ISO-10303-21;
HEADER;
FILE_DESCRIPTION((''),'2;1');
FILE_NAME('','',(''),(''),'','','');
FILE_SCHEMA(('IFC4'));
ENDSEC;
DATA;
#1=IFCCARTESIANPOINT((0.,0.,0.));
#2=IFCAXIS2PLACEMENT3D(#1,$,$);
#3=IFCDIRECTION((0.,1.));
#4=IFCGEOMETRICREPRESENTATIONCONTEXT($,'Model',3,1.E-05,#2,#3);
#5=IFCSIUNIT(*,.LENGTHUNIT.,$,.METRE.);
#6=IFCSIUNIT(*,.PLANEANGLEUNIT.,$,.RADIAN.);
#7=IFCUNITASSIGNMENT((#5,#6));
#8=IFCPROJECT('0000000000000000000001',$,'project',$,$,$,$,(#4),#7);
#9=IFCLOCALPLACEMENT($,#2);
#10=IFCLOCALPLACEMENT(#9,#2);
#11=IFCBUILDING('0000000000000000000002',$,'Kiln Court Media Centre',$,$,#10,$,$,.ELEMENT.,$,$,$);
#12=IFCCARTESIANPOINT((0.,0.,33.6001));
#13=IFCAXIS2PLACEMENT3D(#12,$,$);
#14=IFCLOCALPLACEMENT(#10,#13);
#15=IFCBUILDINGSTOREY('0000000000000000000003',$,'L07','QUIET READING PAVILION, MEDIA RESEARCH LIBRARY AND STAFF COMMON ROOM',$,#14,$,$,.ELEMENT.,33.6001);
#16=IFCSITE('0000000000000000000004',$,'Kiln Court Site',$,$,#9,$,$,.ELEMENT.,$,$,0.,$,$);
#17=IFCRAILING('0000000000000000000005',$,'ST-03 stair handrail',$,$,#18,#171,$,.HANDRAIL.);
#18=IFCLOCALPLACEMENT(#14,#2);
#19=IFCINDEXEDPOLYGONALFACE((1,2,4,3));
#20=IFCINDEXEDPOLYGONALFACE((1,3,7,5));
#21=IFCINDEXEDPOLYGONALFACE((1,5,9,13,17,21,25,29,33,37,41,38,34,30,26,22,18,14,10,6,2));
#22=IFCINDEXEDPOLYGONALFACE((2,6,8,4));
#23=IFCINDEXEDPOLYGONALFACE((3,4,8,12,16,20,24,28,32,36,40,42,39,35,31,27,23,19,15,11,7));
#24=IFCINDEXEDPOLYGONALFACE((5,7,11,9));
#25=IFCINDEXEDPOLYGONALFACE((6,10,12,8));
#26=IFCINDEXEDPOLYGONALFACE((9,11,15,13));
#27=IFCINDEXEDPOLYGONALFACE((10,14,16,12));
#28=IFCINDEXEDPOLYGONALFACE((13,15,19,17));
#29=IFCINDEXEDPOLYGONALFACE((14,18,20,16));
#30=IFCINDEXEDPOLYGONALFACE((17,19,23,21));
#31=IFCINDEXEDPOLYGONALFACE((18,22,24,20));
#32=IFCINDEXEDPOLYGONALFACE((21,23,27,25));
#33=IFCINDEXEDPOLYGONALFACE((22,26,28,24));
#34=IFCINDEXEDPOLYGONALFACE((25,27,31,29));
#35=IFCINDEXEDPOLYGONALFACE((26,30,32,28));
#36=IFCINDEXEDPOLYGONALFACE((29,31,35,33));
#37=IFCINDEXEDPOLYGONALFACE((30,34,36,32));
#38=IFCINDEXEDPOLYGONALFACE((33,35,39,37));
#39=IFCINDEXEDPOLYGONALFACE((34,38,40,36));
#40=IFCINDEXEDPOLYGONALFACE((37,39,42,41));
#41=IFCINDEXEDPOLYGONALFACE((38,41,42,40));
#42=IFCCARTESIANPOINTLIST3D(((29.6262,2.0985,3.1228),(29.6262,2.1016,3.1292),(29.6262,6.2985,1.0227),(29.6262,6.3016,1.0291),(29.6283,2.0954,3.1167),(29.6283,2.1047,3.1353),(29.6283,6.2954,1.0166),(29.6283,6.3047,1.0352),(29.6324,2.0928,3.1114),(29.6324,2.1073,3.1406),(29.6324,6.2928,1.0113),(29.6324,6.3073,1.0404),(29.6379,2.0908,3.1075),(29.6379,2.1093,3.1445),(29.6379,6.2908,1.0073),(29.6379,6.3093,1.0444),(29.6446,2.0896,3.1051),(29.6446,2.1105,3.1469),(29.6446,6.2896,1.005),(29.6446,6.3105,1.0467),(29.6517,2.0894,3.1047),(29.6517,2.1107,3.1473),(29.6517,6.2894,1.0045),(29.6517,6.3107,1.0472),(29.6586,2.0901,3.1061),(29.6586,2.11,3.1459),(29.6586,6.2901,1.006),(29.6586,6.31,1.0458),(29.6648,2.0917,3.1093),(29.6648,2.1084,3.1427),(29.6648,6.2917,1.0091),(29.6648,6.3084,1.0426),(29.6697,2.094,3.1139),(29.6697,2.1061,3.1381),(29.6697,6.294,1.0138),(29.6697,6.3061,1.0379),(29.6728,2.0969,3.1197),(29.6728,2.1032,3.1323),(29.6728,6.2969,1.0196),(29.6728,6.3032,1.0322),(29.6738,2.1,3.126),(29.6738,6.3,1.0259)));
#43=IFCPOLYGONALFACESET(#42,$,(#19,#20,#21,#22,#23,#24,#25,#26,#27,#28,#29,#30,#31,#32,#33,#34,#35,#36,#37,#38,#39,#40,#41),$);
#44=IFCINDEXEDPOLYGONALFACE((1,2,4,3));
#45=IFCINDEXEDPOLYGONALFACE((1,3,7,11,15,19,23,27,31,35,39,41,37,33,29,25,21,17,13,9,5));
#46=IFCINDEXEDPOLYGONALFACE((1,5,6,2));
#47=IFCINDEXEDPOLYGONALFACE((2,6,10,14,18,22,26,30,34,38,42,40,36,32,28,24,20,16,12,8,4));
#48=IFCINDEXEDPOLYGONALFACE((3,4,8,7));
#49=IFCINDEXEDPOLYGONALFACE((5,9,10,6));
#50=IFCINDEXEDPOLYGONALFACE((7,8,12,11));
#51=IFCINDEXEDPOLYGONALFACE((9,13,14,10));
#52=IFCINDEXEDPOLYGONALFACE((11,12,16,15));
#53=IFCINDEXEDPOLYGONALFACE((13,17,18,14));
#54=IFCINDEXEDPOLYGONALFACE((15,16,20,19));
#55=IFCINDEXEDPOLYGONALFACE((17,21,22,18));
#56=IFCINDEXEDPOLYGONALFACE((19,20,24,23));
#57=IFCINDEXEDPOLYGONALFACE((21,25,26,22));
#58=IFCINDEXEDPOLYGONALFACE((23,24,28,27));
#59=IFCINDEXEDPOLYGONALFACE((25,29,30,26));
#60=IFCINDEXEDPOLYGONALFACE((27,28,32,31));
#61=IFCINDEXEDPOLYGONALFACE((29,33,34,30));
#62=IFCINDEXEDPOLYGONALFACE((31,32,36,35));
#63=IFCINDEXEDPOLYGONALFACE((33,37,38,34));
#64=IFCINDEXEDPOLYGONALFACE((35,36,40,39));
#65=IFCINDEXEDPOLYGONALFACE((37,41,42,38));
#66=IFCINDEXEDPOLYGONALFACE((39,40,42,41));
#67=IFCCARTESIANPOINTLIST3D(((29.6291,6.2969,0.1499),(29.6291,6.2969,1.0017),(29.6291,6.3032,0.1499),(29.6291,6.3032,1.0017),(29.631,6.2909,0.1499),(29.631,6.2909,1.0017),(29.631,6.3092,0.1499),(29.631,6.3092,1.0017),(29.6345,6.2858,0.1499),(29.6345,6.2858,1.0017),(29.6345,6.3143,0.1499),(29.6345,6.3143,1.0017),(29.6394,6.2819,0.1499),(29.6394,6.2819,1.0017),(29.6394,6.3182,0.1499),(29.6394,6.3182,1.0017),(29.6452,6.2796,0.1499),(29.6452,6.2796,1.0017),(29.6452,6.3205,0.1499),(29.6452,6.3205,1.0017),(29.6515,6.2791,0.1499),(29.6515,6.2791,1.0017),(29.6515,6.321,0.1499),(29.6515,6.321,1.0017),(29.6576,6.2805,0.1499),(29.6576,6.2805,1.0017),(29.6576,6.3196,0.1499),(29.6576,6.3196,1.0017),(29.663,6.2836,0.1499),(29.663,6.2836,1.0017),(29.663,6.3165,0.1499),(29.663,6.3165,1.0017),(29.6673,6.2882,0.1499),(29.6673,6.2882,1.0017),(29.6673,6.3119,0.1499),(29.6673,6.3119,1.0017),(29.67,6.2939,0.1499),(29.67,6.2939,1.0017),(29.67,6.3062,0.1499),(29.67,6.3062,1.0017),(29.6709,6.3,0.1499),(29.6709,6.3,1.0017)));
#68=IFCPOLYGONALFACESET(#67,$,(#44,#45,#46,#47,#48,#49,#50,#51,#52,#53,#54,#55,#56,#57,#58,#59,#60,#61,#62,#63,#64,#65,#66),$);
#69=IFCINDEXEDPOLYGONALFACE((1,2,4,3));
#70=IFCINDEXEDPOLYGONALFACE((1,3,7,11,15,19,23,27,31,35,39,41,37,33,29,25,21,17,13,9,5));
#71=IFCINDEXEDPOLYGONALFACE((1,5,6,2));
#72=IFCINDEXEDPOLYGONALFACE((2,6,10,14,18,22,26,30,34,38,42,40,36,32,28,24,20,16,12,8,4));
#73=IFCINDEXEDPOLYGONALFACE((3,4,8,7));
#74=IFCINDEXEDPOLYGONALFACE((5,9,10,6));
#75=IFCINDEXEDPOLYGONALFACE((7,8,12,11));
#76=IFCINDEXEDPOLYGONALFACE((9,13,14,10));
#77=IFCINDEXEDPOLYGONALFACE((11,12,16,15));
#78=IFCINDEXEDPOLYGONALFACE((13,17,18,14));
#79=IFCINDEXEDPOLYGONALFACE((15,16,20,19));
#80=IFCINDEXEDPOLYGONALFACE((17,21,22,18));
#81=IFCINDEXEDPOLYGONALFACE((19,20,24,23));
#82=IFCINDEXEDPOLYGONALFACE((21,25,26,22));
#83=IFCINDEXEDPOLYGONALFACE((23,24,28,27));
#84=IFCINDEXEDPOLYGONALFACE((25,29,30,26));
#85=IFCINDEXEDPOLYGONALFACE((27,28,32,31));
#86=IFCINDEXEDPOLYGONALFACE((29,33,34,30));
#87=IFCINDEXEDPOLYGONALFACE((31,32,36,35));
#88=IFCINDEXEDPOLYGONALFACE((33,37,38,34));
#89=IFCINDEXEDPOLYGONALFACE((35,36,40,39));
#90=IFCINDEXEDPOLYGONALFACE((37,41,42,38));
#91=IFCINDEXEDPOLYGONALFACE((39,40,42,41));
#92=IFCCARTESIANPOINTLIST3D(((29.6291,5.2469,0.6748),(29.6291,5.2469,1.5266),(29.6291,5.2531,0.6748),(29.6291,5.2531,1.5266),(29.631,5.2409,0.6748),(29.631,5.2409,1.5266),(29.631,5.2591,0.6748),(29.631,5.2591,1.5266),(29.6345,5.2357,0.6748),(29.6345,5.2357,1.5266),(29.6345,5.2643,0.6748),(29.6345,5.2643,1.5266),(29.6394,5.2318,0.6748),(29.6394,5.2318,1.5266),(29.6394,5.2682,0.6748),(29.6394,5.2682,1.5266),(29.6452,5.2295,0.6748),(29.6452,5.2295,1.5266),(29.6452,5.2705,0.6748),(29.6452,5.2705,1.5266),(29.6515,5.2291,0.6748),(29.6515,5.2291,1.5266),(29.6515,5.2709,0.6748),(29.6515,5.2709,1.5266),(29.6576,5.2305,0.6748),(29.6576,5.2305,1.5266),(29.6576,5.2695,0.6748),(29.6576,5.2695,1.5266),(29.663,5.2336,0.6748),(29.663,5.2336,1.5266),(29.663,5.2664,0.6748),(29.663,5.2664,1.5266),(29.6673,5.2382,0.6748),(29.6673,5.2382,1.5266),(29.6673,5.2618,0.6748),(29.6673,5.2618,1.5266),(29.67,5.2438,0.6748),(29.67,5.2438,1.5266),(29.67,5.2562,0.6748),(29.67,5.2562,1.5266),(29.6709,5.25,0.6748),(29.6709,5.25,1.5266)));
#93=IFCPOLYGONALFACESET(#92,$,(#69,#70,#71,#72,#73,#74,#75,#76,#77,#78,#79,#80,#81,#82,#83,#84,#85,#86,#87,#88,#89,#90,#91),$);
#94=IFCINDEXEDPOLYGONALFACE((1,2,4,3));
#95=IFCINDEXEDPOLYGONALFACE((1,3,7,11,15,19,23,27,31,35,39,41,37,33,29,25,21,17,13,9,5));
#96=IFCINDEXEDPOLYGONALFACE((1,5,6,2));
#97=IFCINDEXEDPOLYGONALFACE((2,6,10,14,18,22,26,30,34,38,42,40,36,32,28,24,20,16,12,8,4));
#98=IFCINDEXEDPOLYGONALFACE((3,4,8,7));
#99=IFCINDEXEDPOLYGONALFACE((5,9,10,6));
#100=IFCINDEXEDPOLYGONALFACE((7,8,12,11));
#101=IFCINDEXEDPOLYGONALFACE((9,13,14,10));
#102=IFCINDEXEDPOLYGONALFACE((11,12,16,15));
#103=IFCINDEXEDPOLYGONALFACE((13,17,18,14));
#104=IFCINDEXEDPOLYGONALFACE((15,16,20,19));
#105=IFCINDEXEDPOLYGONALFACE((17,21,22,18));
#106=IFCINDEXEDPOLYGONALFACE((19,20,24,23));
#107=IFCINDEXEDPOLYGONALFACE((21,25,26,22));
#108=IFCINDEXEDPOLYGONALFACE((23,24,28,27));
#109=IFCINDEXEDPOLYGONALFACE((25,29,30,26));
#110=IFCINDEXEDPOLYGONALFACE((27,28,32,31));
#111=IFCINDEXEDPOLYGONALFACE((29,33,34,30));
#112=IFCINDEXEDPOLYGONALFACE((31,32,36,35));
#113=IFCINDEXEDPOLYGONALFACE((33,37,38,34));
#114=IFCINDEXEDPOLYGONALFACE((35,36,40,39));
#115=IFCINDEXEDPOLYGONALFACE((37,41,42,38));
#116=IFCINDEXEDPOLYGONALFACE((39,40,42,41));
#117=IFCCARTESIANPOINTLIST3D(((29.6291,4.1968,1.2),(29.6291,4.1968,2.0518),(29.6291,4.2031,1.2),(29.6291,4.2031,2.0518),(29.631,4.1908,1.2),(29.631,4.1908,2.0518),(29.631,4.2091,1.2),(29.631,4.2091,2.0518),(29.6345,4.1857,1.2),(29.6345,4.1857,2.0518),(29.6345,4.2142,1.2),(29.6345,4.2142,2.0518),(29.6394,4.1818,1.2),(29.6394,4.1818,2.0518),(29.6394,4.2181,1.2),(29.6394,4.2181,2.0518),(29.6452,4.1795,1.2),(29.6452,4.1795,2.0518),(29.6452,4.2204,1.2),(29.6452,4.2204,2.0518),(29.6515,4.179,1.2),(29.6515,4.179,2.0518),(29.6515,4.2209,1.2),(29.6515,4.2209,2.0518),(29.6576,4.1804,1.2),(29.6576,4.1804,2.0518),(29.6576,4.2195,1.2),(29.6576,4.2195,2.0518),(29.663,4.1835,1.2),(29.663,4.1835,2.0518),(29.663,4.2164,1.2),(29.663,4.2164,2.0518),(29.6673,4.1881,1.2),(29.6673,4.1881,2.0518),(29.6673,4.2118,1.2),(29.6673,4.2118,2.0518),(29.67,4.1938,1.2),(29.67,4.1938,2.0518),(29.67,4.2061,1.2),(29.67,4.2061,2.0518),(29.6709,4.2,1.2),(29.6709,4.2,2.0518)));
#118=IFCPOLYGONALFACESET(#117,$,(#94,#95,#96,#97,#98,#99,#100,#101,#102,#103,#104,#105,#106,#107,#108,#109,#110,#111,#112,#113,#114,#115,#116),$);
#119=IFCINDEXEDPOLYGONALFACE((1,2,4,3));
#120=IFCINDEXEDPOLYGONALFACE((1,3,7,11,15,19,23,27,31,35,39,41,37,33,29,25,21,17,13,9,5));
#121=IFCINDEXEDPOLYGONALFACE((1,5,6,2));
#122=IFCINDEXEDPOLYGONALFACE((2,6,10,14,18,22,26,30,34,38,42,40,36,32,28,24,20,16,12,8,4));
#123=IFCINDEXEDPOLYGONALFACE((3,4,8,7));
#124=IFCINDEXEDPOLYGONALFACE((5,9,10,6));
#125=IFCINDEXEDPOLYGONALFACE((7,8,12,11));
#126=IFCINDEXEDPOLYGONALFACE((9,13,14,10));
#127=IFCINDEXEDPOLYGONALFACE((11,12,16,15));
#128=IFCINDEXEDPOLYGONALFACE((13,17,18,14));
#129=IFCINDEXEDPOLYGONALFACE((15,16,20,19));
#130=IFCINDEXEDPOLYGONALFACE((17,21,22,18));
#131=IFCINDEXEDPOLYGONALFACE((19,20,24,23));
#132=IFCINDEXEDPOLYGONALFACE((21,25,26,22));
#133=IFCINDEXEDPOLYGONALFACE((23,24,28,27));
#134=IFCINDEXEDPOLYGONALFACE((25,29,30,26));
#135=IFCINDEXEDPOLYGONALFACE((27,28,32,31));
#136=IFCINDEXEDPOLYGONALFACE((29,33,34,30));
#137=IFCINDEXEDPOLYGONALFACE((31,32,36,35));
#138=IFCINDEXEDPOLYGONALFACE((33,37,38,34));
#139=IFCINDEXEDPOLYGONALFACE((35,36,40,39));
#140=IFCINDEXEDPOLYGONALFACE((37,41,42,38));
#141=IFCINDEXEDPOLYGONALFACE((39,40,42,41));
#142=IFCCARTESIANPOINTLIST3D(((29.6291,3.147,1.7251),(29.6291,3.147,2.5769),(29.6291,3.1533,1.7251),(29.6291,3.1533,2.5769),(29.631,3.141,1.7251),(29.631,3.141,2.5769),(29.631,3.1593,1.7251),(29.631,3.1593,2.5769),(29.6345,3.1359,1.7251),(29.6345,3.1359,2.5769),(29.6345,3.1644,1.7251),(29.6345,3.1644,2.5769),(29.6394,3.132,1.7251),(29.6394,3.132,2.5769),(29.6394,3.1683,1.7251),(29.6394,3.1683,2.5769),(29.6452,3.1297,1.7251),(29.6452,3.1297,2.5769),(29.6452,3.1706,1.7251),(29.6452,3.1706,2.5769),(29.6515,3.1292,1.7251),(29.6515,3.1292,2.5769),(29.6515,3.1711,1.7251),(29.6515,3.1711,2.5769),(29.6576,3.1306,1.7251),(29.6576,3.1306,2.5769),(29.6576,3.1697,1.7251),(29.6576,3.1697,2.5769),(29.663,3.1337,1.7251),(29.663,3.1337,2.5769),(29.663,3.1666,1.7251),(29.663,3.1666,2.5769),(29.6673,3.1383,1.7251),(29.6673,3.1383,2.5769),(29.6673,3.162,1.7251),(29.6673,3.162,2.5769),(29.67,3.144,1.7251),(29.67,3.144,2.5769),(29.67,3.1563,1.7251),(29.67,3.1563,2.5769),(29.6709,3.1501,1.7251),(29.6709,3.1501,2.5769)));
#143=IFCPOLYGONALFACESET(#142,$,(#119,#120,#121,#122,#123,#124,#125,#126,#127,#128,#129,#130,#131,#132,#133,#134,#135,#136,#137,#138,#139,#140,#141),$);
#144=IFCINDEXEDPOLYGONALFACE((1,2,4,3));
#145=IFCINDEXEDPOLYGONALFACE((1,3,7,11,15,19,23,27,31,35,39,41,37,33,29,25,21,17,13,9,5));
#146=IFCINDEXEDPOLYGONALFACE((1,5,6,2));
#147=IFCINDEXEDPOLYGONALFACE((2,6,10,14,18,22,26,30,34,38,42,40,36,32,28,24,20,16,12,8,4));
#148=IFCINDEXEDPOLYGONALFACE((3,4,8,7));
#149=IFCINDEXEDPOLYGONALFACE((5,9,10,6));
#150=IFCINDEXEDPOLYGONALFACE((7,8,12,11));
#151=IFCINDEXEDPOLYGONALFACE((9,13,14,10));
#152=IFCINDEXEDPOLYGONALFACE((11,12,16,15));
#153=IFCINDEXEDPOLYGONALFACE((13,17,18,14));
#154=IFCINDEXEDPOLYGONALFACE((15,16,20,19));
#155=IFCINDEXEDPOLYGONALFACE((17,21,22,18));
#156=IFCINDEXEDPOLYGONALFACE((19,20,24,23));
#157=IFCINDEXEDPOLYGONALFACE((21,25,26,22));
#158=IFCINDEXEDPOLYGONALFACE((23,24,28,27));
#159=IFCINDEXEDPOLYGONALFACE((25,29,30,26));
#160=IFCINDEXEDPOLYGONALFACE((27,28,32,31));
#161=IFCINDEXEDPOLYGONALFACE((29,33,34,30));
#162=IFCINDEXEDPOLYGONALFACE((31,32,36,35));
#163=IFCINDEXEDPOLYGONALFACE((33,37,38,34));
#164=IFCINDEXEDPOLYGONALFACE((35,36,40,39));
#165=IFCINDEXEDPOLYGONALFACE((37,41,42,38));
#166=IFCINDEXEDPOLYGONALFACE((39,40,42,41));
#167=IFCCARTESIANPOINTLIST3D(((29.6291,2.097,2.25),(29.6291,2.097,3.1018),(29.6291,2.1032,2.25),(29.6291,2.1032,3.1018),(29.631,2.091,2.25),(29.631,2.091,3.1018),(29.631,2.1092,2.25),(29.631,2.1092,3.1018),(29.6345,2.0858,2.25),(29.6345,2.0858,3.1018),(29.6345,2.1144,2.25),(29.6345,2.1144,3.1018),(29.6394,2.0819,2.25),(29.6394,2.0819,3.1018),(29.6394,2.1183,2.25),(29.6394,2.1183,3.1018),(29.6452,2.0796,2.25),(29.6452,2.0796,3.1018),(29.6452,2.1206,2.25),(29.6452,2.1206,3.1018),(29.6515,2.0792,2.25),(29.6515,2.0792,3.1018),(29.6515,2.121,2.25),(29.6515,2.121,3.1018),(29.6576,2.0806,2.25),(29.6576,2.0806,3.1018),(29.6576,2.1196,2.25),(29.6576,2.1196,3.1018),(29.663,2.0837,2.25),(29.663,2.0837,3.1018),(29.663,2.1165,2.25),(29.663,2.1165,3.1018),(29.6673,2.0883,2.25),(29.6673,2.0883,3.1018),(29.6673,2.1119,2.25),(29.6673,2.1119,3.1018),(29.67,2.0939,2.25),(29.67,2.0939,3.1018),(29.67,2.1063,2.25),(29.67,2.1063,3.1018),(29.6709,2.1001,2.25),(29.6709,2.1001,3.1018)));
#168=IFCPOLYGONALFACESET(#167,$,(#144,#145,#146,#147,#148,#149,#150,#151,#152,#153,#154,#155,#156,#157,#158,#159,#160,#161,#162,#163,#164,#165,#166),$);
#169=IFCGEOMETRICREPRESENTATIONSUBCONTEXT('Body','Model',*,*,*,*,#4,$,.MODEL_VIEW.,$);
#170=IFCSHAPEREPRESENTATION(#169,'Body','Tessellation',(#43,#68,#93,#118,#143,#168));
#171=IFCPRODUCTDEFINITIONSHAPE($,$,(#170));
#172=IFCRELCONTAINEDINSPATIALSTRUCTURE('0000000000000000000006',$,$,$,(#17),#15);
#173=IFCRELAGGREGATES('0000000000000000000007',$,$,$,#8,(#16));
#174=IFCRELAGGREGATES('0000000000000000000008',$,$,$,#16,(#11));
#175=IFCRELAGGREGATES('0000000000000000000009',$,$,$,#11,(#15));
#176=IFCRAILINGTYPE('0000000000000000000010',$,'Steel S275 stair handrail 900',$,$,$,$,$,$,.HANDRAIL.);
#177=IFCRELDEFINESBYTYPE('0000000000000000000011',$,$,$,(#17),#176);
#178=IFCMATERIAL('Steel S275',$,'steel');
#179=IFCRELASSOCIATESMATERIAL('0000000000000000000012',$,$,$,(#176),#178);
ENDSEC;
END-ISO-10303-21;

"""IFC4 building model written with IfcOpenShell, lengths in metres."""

from ifc_helpers import new_model, si_unit, direction, frame, origin, origin_2d, place, context, subcontext, project, spatial, circle, extrude, material, type_object, element, save


model = new_model("IFC4")

# Units and contexts
model_context = context("Model", 3, precision=1e-05, world=origin(), true_north=direction((0.0, 1.0)))
body_context = subcontext(model_context, "Body", "Model", "MODEL_VIEW")
ifc_project = project(units=[si_unit("LENGTHUNIT", "METRE"), si_unit("PLANEANGLEUNIT", "RADIAN")], contexts=[model_context])

# Site, building, storey
site_placement = place(None, origin())
site = spatial("IfcSite", under=ifc_project, at=site_placement, Name="Kiln Court Site", CompositionType="ELEMENT", RefElevation=0.0)
building_placement = place(site_placement, origin())
building = spatial("IfcBuilding", under=site, at=building_placement, Name="Kiln Court Media Centre", CompositionType="ELEMENT")
storey_placement = place(building_placement, frame((0.0, 0.0, 33.6001)))
storey = spatial("IfcBuildingStorey", under=building, at=storey_placement, Name="L07", Description="QUIET READING PAVILION, MEDIA RESEARCH LIBRARY AND STAFF COMMON ROOM", CompositionType="ELEMENT", Elevation=33.6001)

# Railing
ifc_material_1 = material(Name="Steel S275", Category="steel")
railing_type_1 = type_object("IfcRailingType", Name="Steel S275 stair handrail 900", PredefinedType="HANDRAIL", material=ifc_material_1)
railing_1_placement = place(storey_placement, frame((29.6499, 6.3, 0.1499)))
element("IfcRailing", 1, at=railing_1_placement, inside=storey, type_object=railing_type_1, Name="ST-03 stair handrail", PredefinedType="HANDRAIL", context=body_context, shape_type="SweptSolid", body=[
    extrude(circle(Radius=0.0239, at=origin_2d()), frame((0.0, 0.0, 0.876), z_axis=(0.0, -0.894417, 0.447234), x_axis=(1.0, 0.0, 0.0)), (0.0, 0.0, 1.0), 4.6958),
    extrude(circle(Radius=0.021, at=origin_2d()), origin(), (0.0, 0.0, 1.0), 0.8518),
    extrude(circle(Radius=0.021, at=origin_2d()), frame((0.0, -1.05, 0.5249)), (0.0, 0.0, 1.0), 0.8518),
    extrude(circle(Radius=0.021, at=origin_2d()), frame((0.0, -2.1001, 1.05)), (0.0, 0.0, 1.0), 0.8518),
    extrude(circle(Radius=0.021, at=origin_2d()), frame((0.0, -3.1499, 1.5752)), (0.0, 0.0, 1.0), 0.8518),
    extrude(circle(Radius=0.021, at=origin_2d()), frame((0.0, -4.2, 2.1001)), (0.0, 0.0, 1.0), 0.8518),
])

save(model, "model.ifc")
